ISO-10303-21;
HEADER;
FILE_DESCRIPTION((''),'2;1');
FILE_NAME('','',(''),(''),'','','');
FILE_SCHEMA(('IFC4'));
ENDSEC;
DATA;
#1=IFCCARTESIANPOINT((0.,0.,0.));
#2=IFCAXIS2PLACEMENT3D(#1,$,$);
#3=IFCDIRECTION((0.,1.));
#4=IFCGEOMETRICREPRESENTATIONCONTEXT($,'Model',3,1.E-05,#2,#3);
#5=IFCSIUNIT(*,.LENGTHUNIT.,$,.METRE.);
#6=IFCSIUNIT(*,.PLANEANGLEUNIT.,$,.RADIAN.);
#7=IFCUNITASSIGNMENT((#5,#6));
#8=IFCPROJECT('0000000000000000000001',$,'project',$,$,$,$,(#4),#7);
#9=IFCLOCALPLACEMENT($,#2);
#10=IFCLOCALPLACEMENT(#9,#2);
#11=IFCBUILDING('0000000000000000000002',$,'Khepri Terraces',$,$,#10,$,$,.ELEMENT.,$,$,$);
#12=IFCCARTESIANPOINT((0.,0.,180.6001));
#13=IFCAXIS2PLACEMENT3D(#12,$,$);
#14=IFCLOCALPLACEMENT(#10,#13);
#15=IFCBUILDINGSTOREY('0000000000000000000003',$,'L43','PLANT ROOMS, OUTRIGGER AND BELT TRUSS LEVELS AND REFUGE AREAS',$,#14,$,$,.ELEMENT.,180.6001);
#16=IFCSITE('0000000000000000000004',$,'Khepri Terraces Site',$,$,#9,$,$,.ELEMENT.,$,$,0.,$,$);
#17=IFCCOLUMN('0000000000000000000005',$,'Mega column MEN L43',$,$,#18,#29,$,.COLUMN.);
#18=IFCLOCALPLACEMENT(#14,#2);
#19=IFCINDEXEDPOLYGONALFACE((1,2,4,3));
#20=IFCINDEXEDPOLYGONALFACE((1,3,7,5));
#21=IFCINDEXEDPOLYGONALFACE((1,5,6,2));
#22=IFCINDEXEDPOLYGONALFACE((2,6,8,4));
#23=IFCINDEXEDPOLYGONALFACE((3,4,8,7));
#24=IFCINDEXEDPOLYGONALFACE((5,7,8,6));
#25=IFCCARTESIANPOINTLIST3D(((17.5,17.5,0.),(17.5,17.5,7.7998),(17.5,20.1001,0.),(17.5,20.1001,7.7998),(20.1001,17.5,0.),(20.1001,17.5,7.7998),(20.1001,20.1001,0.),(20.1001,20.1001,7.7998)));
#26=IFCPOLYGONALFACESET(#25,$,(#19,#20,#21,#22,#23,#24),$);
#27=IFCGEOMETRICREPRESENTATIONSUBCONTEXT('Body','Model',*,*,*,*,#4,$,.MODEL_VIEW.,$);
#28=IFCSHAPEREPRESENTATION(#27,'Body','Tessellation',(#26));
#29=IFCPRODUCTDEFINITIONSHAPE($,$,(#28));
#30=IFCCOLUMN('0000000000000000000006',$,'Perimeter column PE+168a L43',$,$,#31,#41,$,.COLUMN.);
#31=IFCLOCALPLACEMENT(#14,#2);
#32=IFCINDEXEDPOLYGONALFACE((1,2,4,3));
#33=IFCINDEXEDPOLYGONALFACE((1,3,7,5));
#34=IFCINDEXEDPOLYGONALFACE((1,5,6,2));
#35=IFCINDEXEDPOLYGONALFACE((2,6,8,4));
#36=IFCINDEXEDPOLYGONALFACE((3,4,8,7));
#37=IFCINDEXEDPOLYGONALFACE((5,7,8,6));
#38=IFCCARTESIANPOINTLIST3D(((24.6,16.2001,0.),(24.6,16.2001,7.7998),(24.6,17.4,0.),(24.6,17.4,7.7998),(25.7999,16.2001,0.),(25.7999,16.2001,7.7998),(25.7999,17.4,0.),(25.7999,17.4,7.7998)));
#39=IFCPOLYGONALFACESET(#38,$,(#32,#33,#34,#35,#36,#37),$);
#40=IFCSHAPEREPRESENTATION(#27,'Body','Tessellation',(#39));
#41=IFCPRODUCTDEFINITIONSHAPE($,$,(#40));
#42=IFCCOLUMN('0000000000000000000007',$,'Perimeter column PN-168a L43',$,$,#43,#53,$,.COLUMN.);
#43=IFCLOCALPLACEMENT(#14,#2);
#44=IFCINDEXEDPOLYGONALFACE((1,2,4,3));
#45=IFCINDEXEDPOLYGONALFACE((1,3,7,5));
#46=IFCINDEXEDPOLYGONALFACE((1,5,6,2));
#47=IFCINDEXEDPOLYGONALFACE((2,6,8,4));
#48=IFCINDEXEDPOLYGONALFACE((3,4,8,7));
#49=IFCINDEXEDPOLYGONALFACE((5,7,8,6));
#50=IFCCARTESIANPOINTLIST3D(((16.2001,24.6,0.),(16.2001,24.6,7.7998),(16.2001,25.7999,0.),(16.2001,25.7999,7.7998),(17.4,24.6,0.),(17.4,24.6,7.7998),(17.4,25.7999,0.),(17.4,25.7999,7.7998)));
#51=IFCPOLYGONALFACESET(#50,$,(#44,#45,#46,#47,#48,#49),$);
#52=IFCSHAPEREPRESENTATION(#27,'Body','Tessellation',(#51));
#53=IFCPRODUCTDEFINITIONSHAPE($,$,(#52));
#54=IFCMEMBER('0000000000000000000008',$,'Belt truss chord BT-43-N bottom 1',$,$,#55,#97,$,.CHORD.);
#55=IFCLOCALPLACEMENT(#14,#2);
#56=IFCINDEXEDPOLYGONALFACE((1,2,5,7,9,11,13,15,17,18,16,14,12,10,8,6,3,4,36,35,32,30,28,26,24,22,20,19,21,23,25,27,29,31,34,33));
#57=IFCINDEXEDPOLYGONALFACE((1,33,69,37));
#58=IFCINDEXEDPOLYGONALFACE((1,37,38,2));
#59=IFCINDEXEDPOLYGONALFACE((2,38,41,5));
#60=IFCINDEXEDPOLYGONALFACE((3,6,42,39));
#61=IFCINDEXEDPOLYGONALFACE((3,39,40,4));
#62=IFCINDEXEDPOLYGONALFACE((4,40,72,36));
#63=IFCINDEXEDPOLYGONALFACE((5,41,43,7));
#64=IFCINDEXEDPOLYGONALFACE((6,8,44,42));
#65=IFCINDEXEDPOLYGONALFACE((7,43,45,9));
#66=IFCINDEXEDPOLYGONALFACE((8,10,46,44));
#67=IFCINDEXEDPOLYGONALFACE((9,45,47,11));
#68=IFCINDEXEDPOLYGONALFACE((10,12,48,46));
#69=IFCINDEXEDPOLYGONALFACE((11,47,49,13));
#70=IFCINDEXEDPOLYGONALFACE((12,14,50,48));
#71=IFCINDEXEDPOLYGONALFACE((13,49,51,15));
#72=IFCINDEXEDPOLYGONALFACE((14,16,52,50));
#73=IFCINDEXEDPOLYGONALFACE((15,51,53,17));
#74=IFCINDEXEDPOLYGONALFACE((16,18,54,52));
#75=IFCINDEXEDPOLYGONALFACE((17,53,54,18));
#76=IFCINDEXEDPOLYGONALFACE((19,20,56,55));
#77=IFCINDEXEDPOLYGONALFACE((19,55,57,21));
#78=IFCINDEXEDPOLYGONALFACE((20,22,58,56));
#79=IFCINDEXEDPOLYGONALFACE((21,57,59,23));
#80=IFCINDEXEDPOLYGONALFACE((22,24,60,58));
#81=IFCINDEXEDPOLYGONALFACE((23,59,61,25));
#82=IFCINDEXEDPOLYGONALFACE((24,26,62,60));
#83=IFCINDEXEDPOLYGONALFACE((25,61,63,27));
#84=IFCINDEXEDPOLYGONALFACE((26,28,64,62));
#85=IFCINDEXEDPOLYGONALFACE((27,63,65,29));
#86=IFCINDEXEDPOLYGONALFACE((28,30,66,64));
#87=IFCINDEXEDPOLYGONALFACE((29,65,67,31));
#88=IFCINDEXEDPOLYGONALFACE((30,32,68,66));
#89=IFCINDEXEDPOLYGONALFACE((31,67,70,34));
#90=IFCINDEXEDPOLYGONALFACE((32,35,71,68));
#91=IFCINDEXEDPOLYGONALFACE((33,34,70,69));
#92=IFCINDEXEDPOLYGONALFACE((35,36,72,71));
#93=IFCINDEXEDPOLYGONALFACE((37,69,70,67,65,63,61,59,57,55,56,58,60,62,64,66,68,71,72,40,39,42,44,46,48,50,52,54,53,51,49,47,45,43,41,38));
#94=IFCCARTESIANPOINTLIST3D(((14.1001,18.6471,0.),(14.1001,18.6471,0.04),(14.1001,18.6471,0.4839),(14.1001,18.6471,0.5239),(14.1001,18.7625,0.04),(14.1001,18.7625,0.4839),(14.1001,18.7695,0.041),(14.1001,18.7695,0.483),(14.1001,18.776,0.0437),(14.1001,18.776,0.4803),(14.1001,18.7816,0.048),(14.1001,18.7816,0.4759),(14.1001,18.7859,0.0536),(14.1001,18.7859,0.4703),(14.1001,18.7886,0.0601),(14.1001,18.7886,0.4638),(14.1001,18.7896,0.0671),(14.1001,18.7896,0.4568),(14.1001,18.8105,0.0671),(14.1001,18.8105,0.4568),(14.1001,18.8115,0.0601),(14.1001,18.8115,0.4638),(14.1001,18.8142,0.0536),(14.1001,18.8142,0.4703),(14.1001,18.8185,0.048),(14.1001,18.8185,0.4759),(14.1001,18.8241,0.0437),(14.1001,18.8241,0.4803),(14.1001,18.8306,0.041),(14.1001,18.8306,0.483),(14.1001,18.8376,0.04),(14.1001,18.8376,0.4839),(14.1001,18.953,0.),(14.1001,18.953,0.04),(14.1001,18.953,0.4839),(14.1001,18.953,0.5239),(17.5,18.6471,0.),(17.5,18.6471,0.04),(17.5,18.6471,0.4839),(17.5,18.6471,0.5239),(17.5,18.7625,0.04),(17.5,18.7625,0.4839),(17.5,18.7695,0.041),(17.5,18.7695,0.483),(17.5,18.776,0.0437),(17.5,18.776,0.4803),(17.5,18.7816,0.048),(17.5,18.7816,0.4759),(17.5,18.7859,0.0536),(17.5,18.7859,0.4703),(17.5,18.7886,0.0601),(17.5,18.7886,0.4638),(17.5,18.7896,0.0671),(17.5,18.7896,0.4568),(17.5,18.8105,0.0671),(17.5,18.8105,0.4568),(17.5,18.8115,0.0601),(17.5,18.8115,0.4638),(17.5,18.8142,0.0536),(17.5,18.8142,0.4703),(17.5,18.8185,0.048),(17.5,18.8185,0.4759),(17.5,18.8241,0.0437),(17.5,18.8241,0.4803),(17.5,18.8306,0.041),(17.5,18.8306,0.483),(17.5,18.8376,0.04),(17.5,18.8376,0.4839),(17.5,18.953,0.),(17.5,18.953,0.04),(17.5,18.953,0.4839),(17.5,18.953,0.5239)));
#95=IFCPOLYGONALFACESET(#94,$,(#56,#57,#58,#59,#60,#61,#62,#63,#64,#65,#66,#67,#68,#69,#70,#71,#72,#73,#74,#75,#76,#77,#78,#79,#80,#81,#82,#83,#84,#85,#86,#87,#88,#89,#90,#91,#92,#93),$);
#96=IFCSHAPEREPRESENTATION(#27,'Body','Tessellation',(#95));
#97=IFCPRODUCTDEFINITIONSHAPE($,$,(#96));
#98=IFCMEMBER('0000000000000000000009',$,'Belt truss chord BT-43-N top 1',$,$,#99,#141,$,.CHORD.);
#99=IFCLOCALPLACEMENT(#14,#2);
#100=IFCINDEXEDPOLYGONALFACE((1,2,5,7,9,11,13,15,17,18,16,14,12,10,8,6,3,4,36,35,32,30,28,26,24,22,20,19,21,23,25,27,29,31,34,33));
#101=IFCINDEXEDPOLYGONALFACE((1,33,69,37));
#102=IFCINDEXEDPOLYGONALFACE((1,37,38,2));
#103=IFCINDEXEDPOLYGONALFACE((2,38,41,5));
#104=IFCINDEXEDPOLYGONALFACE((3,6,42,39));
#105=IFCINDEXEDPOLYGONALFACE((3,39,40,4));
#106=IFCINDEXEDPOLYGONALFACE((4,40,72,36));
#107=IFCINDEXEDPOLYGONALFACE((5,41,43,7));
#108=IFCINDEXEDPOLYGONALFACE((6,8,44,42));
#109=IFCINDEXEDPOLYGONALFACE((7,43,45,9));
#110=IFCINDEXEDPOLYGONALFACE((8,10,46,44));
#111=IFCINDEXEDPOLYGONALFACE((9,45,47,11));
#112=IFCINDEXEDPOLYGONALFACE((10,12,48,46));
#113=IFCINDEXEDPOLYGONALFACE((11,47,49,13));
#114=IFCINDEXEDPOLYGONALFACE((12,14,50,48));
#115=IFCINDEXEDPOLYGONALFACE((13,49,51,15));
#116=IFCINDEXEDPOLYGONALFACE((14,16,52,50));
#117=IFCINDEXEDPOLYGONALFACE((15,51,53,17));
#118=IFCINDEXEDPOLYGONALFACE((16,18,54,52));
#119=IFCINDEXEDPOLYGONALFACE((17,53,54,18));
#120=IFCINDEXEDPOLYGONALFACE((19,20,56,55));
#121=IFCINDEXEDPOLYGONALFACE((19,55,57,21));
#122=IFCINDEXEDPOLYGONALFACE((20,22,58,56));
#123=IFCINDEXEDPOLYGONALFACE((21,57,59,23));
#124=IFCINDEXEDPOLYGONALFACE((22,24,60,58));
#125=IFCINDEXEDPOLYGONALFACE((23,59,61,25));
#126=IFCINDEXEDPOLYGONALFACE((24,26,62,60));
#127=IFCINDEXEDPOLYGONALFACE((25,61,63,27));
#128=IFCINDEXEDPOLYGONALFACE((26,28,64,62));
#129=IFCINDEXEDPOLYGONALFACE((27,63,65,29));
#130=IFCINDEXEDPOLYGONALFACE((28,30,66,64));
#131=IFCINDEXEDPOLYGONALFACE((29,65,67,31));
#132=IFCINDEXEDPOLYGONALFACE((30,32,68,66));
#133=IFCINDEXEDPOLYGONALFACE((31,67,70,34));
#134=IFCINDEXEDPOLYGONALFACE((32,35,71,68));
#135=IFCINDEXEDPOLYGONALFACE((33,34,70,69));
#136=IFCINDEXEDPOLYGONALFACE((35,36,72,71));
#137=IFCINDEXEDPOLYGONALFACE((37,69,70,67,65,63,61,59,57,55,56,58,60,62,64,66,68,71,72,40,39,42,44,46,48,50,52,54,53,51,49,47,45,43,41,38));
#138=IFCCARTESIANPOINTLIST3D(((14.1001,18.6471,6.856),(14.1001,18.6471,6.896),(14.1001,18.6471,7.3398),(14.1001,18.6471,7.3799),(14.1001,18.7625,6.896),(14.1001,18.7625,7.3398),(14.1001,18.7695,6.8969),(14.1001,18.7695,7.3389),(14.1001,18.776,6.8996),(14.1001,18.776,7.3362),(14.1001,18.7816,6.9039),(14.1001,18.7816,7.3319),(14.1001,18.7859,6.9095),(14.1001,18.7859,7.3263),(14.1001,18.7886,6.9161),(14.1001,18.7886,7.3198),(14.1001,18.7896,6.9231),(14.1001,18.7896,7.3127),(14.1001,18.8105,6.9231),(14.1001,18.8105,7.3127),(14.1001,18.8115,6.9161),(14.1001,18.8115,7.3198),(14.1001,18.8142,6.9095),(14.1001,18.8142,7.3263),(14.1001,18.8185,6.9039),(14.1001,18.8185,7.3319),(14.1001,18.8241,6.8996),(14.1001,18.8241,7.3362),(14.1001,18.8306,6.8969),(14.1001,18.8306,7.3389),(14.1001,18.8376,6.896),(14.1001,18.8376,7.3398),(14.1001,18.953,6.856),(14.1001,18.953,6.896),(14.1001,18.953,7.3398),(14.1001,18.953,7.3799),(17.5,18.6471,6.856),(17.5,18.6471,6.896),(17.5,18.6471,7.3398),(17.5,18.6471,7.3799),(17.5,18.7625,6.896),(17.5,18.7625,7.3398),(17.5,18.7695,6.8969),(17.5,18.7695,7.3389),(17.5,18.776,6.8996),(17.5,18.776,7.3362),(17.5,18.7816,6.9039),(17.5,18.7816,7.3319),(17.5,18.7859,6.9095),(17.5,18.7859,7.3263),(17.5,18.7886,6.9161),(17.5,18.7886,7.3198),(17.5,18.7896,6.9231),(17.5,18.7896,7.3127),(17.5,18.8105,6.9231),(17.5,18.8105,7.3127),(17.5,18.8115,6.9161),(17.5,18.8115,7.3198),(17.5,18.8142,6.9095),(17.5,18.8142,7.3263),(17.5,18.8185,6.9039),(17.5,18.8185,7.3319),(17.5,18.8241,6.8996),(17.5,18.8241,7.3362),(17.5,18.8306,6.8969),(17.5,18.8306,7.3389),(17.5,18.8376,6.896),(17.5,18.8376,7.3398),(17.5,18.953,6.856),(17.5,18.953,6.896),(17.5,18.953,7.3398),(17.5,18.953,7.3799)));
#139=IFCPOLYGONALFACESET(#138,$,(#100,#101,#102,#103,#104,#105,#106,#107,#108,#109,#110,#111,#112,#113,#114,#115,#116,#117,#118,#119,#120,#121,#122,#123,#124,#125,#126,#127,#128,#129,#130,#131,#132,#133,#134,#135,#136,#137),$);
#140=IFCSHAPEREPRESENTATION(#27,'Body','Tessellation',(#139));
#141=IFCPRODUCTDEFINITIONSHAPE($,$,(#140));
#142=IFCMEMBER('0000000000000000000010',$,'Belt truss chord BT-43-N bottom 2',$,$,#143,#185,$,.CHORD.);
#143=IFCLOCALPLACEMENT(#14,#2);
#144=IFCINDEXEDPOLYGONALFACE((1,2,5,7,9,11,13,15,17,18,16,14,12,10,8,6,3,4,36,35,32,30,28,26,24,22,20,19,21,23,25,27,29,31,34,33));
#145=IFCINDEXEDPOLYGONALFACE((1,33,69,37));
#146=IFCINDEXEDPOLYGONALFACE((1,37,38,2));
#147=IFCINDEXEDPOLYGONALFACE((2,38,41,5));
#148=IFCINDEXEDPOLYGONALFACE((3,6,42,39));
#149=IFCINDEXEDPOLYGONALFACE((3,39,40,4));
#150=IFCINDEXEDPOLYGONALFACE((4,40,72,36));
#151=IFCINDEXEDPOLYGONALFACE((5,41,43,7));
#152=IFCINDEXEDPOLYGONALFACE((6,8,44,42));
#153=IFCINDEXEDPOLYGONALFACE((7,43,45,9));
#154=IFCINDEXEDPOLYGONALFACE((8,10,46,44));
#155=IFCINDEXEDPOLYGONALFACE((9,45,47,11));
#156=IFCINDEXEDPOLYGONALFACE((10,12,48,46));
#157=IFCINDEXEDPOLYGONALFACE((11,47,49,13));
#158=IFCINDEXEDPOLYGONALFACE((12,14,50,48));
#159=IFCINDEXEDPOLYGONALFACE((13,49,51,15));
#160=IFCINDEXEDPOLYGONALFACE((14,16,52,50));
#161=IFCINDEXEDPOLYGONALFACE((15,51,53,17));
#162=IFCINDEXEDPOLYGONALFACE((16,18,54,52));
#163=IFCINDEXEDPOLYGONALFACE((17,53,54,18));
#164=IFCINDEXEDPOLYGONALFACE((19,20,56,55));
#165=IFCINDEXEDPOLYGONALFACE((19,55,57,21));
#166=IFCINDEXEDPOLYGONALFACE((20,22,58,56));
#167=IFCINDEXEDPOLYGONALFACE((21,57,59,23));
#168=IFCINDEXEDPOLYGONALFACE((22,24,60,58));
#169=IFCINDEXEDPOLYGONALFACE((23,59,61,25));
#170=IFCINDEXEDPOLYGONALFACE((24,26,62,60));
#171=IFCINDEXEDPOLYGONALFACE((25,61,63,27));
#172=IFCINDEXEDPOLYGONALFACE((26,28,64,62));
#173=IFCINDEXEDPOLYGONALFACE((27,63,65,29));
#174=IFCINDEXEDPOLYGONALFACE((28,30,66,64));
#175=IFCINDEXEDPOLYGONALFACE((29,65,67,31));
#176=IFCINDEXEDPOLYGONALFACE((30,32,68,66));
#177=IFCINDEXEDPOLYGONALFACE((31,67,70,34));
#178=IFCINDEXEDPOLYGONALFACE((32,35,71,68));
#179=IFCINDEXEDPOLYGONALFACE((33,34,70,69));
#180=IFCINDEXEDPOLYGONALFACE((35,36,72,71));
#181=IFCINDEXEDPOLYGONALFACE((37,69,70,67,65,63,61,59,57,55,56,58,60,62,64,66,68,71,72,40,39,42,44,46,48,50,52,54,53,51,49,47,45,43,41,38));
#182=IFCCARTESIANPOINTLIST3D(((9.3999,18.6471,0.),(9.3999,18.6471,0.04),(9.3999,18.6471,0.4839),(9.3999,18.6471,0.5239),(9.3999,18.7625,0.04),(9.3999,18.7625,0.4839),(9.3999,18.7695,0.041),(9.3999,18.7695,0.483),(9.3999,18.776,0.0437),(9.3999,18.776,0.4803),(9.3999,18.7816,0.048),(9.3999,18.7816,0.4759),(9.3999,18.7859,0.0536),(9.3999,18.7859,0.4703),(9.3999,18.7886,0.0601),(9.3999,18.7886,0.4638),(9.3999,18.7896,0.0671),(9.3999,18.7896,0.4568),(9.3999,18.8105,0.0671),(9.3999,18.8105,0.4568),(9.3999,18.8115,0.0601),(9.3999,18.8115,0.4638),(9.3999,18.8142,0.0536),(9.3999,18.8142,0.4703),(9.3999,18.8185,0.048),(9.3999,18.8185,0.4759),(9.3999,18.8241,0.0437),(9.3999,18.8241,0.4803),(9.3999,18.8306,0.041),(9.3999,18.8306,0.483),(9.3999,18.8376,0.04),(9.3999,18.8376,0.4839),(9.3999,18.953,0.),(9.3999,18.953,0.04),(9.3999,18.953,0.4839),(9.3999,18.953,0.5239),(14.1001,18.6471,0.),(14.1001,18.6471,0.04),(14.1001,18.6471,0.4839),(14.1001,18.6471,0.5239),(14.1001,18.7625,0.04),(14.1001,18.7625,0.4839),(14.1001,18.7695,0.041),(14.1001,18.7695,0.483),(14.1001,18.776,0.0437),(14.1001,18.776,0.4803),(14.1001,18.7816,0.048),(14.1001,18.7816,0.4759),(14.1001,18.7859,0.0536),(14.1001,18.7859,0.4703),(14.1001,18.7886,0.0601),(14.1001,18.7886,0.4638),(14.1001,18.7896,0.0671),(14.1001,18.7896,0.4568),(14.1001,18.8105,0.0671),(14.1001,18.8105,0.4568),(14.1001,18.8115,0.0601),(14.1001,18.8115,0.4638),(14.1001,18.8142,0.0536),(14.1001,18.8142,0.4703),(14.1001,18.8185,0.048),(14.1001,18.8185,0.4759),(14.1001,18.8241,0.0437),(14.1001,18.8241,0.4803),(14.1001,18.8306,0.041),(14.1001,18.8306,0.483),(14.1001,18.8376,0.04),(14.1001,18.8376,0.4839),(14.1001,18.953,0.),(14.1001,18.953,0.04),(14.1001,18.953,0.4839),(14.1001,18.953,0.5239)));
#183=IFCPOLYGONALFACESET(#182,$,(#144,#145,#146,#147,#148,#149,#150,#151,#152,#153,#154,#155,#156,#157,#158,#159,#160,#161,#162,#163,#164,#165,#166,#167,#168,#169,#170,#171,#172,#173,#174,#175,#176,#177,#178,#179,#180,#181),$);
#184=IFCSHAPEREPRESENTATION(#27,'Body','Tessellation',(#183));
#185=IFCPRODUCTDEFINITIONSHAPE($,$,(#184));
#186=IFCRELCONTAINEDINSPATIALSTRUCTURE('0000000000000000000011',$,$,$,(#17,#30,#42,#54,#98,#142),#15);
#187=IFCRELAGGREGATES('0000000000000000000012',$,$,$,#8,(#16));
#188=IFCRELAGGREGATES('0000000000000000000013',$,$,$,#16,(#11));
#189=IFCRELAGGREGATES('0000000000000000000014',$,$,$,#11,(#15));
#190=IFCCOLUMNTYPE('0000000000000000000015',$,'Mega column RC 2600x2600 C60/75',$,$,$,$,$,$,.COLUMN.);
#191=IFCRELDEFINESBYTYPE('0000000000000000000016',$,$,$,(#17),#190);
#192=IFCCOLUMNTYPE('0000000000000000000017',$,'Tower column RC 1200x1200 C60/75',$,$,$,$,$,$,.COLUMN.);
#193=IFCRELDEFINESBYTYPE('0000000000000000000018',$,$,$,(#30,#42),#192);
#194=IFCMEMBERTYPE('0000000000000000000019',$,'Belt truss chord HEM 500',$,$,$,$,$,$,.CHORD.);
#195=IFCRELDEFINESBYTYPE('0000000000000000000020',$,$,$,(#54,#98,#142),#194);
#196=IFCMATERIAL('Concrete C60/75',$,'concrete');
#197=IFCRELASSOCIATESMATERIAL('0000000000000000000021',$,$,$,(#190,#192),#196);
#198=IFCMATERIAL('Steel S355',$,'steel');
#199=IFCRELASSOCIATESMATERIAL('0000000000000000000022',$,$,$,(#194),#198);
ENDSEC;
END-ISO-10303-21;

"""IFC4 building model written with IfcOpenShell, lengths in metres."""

from ifc_helpers import new_model, si_unit, direction, frame, origin, origin_2d, place, context, subcontext, project, spatial, rectangle, i_section, extrude, material, material_profile, profile_set, type_object, element, save


model = new_model("IFC4")

# Units and contexts
model_context = context("Model", 3, precision=1e-05, world=origin(), true_north=direction((0.0, 1.0)))
body_context = subcontext(model_context, "Body", "Model", "MODEL_VIEW")
ifc_project = project(units=[si_unit("LENGTHUNIT", "METRE"), si_unit("PLANEANGLEUNIT", "RADIAN")], contexts=[model_context])

# Site, building, storey
site_placement = place(None, origin())
site = spatial("IfcSite", under=ifc_project, at=site_placement, Name="Khepri Terraces Site", CompositionType="ELEMENT", RefElevation=0.0)
building_placement = place(site_placement, origin())
building = spatial("IfcBuilding", under=site, at=building_placement, Name="Khepri Terraces", CompositionType="ELEMENT")
storey_placement = place(building_placement, frame((0.0, 0.0, 180.6001)))
storey = spatial("IfcBuildingStorey", under=building, at=storey_placement, Name="L43", Description="PLANT ROOMS, OUTRIGGER AND BELT TRUSS LEVELS AND REFUGE AREAS", CompositionType="ELEMENT", Elevation=180.6001)

# Columns
ifc_material_1 = material(Name="Concrete C60/75", Category="concrete")
ifc_material_profile_1 = material_profile(ifc_material_1, rectangle(XDim=2.6001, YDim=2.6001, at=origin_2d()), Name="Concrete C60/75", Category="concrete")
ifc_profile_set_1 = profile_set([ifc_material_profile_1], Name="Concrete C60/75")
column_type_1 = type_object("IfcColumnType", Name="Mega column RC 2600x2600 C60/75", PredefinedType="COLUMN", material=ifc_profile_set_1)
column_placement = place(storey_placement, frame((18.8, 18.8, 0.0), z_axis=(0.0, 0.0, 1.0), x_axis=(1.0, 0.0, 0.0)))
element("IfcColumn", 1, at=column_placement, inside=storey, type_object=column_type_1, Name="Mega column MEN L43", PredefinedType="COLUMN", context=body_context, shape_type="SweptSolid", body=[
    extrude(rectangle(XDim=2.6001, YDim=2.6001, at=origin_2d()), origin(), (0.0, 0.0, 1.0), 7.7998),
])
ifc_material_profile_2 = material_profile(ifc_material_1, rectangle(XDim=1.2, YDim=1.2, at=origin_2d()), Name="Concrete C60/75", Category="concrete")
ifc_profile_set_2 = profile_set([ifc_material_profile_2], Name="Concrete C60/75")
column_type_2 = type_object("IfcColumnType", Name="Tower column RC 1200x1200 C60/75", PredefinedType="COLUMN", material=ifc_profile_set_2)
for number, where, z_axis, x_axis, name in (
    (2, (25.2, 16.8, 0.0), (0.0, 0.0, 1.0), (1.0, 0.0, 0.0), "Perimeter column PE+168a L43"),
    (3, (16.8, 25.2, 0.0), (0.0, 0.0, 1.0), (1.0, 0.0, 0.0), "Perimeter column PN-168a L43"),
):
    element("IfcColumn", number, at=place(storey_placement, frame(where, z_axis=z_axis, x_axis=x_axis)), inside=storey, type_object=column_type_2, Name=name, PredefinedType="COLUMN", context=body_context, shape_type="SweptSolid", body=[
        extrude(rectangle(XDim=1.2, YDim=1.2, at=origin_2d()), origin(), (0.0, 0.0, 1.0), 7.7998),
    ])

# Members
ifc_material_2 = material(Name="Steel S355", Category="steel")
ifc_material_profile_3 = material_profile(ifc_material_2, i_section(OverallWidth=0.3059, OverallDepth=0.5239, WebThickness=0.021, FlangeThickness=0.04, FilletRadius=0.0271, at=origin_2d()), Name="Steel S355", Category="steel")
ifc_profile_set_3 = profile_set([ifc_material_profile_3], Name="Steel S355")
member_type_1 = type_object("IfcMemberType", Name="Belt truss chord HEM 500", PredefinedType="CHORD", material=ifc_profile_set_3)
for number, where, z_axis, x_axis, name in (
    (4, (17.5, 18.8, 0.262), (-1.0, 0.0, 0.0), (0.0, -1.0, 0.0), "Belt truss chord BT-43-N bottom 1"),
    (5, (17.5, 18.8, 7.1179), (-1.0, 0.0, 0.0), (0.0, -1.0, 0.0), "Belt truss chord BT-43-N top 1"),
):
    element("IfcMember", number, at=place(storey_placement, frame(where, z_axis=z_axis, x_axis=x_axis)), inside=storey, type_object=member_type_1, Name=name, PredefinedType="CHORD", context=body_context, shape_type="SweptSolid", body=[
        extrude(i_section(OverallWidth=0.3059, OverallDepth=0.5239, WebThickness=0.021, FlangeThickness=0.04, FilletRadius=0.0271, at=origin_2d()), origin(), (0.0, 0.0, 1.0), 3.3999),
    ])
for number, where, z_axis, x_axis, name in (
    (6, (14.1001, 18.8, 0.262), (-1.0, 0.0, 0.0), (0.0, -1.0, 0.0), "Belt truss chord BT-43-N bottom 2"),
):
    element("IfcMember", number, at=place(storey_placement, frame(where, z_axis=z_axis, x_axis=x_axis)), inside=storey, type_object=member_type_1, Name=name, PredefinedType="CHORD", context=body_context, shape_type="SweptSolid", body=[
        extrude(i_section(OverallWidth=0.3059, OverallDepth=0.5239, WebThickness=0.021, FlangeThickness=0.04, FilletRadius=0.0271, at=origin_2d()), origin(), (0.0, 0.0, 1.0), 4.7002),
    ])

save(model, "model.ifc")
